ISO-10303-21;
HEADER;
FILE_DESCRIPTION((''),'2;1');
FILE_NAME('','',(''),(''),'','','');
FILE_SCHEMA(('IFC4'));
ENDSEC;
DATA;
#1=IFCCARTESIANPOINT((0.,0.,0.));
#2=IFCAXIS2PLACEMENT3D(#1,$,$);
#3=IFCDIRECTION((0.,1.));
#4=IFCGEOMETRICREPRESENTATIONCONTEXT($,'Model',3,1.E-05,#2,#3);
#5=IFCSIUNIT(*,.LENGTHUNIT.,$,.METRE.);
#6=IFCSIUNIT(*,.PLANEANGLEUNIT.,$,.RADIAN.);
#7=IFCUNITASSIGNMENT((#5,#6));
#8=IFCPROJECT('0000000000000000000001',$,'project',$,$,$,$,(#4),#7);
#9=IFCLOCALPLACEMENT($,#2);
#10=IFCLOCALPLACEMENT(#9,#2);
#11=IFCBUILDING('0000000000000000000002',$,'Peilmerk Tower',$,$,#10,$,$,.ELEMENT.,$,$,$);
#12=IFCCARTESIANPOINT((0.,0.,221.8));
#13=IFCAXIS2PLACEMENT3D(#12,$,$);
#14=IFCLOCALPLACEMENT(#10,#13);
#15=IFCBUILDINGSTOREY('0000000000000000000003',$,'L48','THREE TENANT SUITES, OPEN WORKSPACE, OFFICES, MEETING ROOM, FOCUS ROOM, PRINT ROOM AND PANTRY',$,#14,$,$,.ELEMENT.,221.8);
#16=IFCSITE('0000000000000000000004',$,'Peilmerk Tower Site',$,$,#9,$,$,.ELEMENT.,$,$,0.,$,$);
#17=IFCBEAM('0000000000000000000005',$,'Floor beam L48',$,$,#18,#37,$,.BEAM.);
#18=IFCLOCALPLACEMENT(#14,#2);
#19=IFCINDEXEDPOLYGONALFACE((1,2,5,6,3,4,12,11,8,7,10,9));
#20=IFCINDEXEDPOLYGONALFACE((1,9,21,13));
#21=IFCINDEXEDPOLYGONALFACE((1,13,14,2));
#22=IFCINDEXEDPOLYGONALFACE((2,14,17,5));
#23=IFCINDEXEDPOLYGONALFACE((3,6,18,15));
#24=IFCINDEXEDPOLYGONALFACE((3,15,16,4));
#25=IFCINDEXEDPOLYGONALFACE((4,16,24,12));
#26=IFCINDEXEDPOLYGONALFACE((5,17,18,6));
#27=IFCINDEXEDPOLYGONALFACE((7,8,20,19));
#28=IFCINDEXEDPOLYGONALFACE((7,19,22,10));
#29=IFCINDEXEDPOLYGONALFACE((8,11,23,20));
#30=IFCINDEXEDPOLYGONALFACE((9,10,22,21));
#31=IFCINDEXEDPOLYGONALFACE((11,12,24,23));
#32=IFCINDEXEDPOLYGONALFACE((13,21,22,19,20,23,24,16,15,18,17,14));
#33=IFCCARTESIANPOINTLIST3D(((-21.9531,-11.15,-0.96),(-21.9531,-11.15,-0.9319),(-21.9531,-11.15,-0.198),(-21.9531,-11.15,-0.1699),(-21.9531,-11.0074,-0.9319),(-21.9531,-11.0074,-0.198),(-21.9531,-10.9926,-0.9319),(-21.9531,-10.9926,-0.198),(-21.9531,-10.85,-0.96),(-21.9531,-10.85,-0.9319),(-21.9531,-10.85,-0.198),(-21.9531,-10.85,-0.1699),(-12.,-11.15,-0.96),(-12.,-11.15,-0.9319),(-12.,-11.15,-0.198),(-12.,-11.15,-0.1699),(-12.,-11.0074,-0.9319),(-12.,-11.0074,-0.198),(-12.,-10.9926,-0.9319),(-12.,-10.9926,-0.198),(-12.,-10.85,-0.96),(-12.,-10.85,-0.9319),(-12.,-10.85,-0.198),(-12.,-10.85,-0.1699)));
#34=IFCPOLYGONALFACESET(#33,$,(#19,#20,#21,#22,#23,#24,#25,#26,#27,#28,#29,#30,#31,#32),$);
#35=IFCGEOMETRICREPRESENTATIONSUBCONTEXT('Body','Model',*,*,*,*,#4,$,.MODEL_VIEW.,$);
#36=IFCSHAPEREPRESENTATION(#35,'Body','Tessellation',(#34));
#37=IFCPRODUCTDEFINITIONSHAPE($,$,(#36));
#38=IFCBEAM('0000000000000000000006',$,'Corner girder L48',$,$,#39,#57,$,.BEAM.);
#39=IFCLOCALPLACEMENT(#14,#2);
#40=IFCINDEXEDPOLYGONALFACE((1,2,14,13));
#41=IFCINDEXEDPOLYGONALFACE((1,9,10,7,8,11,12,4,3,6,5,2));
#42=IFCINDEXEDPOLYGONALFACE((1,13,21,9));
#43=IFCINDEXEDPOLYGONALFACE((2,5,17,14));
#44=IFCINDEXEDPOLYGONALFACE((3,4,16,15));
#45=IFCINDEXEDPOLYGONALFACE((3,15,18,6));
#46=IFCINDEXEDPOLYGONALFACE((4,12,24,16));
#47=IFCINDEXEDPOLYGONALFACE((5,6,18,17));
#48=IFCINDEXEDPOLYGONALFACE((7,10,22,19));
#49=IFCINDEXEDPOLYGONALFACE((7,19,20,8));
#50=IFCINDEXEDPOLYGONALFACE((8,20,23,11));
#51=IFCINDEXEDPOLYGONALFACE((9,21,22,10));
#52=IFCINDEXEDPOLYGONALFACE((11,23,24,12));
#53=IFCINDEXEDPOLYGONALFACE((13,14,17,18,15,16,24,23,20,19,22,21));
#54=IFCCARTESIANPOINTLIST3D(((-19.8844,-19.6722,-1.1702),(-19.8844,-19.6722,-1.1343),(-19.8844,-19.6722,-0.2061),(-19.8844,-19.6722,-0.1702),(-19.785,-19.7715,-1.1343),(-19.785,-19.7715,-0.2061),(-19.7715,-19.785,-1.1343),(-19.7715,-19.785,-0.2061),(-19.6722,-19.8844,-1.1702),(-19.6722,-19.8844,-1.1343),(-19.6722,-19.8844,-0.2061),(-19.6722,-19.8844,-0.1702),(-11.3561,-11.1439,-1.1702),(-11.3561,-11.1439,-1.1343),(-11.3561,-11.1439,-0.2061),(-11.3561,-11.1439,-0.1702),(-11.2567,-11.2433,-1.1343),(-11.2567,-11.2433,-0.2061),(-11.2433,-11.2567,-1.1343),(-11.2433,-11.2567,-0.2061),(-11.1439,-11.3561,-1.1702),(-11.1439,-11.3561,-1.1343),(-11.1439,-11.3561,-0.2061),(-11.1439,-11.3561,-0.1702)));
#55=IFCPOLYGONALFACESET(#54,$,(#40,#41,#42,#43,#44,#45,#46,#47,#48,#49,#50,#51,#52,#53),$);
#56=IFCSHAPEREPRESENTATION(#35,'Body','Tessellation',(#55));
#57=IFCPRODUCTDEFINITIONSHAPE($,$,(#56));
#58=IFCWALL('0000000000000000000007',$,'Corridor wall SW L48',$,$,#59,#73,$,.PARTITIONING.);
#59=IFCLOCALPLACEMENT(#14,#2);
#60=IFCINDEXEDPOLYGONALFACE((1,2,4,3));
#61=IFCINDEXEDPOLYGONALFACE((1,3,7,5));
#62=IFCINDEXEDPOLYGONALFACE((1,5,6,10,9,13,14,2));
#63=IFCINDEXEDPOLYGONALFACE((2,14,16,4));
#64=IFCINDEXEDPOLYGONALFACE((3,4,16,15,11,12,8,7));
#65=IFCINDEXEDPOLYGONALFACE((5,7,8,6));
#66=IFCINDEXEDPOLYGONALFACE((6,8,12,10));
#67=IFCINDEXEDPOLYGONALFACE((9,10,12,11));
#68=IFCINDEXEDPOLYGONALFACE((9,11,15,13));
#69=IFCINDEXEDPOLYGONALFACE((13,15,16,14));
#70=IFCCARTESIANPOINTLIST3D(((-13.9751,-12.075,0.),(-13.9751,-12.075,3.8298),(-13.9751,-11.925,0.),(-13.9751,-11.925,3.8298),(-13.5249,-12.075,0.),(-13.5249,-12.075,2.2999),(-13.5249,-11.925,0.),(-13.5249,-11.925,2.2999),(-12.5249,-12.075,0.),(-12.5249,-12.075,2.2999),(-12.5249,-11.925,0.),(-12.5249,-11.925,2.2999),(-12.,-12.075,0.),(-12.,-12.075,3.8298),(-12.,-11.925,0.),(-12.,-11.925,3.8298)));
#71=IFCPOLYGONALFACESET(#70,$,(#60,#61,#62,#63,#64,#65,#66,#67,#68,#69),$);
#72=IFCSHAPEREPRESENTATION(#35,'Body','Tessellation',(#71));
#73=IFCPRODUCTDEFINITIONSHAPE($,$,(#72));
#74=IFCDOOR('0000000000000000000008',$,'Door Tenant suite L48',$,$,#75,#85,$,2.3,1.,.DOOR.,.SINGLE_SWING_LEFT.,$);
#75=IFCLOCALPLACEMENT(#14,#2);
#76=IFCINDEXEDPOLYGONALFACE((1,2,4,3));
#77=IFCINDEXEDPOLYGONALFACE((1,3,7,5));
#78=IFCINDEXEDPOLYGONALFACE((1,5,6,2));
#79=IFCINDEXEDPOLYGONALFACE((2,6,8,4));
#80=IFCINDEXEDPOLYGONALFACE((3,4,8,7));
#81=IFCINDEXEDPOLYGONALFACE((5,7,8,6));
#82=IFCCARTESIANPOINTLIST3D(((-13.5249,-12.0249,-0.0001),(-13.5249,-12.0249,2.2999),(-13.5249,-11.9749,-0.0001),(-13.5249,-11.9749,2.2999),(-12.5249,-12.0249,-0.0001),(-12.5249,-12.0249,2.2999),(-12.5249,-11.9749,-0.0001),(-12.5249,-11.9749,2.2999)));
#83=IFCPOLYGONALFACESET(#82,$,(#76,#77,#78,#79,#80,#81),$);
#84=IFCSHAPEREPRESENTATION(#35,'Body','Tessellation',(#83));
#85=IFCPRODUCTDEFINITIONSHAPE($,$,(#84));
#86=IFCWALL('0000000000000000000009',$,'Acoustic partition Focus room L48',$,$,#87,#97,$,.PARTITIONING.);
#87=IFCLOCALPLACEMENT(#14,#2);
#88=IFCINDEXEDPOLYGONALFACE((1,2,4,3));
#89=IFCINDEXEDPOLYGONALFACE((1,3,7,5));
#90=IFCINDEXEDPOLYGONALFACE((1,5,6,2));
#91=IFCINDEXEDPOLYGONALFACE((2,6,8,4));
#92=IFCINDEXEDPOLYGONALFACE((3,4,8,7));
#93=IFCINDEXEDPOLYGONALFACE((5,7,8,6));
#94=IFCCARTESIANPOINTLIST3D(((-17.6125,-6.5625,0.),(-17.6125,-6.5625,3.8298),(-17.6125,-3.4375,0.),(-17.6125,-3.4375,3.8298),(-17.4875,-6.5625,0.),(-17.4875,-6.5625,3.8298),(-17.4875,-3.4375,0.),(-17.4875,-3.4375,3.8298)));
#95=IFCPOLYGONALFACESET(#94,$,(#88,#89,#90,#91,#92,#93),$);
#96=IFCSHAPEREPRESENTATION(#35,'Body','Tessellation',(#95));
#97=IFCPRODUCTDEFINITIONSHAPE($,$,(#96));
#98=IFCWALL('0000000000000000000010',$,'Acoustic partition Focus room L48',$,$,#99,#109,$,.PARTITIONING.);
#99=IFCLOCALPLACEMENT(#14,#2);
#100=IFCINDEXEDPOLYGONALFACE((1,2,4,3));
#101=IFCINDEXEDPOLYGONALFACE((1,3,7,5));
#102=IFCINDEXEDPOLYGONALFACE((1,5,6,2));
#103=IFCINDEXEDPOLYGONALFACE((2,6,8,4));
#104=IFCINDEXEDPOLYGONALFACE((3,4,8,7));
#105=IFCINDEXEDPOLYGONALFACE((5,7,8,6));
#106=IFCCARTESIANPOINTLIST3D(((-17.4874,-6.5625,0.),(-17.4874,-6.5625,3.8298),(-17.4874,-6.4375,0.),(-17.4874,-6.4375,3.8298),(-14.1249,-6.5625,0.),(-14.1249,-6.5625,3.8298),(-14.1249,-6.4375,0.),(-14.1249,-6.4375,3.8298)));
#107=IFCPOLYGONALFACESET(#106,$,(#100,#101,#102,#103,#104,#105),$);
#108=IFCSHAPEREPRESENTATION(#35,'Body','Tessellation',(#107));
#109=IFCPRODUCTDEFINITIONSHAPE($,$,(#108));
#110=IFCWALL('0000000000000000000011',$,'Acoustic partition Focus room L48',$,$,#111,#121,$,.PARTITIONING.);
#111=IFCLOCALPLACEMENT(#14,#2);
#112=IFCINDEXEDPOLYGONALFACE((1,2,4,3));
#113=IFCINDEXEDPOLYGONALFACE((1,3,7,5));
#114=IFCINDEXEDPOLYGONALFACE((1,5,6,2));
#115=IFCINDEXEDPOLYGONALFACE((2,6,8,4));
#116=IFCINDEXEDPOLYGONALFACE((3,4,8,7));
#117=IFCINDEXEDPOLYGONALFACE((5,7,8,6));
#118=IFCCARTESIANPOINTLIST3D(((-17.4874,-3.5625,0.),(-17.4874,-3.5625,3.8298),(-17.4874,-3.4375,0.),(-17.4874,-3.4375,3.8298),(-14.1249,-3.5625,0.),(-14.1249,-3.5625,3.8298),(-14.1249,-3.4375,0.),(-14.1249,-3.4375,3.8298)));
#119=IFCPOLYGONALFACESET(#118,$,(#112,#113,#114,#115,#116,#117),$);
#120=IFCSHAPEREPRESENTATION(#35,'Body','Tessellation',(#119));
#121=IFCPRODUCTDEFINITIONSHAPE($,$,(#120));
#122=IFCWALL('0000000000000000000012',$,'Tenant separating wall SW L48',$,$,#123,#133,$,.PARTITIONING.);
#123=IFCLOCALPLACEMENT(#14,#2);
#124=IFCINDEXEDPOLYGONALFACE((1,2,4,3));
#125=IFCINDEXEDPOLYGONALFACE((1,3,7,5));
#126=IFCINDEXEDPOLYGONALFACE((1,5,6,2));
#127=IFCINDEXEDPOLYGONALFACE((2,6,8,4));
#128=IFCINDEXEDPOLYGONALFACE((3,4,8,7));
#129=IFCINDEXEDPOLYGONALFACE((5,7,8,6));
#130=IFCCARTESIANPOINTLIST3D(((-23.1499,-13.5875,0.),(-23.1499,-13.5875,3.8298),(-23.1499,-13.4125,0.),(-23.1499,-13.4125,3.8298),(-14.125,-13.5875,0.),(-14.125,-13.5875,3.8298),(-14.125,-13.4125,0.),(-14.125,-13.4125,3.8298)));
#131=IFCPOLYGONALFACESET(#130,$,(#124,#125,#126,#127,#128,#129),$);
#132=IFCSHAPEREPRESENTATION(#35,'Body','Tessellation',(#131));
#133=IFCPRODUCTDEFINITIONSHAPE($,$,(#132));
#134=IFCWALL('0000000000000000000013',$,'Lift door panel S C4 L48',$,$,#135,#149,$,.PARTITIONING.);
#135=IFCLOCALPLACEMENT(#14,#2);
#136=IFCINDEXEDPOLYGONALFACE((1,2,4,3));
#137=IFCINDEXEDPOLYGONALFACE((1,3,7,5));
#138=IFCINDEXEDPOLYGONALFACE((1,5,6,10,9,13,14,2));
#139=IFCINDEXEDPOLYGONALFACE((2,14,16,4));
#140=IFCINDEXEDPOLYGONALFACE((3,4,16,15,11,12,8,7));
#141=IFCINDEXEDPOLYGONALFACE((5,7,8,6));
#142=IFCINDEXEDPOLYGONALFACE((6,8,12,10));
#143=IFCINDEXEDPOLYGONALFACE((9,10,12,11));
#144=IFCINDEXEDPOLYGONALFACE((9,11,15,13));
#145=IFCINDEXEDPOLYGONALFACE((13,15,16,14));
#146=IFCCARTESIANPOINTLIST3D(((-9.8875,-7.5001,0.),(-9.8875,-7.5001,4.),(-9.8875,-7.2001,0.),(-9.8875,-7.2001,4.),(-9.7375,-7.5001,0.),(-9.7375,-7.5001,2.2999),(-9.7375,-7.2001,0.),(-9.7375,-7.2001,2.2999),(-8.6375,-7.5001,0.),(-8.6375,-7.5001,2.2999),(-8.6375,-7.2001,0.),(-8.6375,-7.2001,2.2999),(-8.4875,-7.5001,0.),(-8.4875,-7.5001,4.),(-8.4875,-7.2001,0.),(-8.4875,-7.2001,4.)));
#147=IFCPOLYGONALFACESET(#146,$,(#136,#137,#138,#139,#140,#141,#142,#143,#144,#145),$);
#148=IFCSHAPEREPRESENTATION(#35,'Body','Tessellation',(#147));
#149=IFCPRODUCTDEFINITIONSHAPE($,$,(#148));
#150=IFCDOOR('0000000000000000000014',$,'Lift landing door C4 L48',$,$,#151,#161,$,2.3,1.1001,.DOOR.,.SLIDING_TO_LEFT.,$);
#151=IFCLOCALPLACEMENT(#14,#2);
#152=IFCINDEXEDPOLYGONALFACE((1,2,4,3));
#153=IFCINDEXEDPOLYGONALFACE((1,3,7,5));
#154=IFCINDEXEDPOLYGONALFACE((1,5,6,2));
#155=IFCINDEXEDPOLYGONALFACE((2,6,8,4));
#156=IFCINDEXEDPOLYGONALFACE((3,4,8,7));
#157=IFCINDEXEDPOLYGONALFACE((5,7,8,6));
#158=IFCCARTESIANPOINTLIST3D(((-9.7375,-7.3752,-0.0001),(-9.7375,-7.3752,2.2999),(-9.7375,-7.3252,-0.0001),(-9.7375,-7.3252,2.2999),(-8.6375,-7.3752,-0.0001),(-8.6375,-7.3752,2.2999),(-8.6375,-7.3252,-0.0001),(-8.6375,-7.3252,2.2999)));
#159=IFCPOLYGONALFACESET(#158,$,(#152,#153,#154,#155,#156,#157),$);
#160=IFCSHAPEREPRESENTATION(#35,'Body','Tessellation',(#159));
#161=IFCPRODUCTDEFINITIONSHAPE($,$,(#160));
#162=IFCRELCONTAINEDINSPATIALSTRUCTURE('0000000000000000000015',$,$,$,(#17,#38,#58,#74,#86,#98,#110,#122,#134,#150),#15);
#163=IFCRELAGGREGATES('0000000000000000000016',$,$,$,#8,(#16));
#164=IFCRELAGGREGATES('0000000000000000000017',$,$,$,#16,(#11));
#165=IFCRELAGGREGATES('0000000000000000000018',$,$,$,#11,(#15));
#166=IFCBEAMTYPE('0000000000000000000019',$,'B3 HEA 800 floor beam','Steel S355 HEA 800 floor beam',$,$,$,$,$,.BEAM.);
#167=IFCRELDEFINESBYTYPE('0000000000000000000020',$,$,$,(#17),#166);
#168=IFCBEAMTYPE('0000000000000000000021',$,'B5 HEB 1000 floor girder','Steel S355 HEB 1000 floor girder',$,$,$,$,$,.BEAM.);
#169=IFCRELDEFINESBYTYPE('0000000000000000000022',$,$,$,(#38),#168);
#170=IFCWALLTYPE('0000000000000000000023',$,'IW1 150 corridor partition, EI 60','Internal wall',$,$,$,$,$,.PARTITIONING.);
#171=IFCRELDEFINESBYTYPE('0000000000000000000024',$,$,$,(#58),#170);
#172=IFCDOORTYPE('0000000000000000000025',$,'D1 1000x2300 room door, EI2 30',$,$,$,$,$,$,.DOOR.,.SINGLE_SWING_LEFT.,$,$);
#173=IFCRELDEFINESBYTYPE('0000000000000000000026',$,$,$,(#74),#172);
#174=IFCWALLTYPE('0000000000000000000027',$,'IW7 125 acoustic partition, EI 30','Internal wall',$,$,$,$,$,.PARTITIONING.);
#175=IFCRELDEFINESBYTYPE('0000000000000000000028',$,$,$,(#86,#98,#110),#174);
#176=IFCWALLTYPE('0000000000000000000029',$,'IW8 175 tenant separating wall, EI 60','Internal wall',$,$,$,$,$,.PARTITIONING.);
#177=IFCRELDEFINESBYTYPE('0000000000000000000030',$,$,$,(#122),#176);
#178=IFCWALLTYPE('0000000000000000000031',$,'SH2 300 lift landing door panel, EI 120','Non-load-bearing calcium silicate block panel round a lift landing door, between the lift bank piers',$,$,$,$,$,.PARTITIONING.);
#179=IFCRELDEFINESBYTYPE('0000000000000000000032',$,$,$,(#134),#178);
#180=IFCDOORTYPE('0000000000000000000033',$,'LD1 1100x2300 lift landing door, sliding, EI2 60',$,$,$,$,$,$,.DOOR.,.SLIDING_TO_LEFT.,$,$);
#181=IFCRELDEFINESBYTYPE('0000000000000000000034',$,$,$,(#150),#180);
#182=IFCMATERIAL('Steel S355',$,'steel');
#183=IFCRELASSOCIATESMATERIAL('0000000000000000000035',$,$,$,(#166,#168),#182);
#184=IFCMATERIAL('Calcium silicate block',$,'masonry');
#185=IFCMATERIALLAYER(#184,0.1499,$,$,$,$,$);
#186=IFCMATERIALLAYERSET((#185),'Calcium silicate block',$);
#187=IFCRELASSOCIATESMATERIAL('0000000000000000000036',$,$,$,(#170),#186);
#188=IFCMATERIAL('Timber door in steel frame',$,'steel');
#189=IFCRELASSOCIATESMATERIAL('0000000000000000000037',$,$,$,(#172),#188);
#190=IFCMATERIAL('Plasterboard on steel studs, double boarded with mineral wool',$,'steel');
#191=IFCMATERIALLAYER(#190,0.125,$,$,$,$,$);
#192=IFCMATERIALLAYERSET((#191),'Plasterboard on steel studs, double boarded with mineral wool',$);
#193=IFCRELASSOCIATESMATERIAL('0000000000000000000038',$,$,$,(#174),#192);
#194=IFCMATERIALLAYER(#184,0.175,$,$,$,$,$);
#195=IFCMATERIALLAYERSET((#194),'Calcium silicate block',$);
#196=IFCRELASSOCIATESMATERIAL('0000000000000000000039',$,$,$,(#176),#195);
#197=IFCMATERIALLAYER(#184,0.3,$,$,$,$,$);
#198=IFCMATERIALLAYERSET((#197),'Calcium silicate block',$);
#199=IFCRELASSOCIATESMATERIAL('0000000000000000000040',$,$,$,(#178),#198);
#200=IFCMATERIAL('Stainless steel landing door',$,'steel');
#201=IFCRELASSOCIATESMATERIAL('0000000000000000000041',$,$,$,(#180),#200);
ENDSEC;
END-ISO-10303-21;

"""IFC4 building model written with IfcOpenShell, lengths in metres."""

from ifc_helpers import new_model, si_unit, direction, frame, frame_2d, origin, origin_2d, place, context, subcontext, project, spatial, rectangle, i_section, extrude, material, layer, layer_set, material_profile, profile_set, type_object, element, fill, save


model = new_model("IFC4")

# Units and contexts
model_context = context("Model", 3, precision=1e-05, world=origin(), true_north=direction((0.0, 1.0)))
body_context = subcontext(model_context, "Body", "Model", "MODEL_VIEW")
ifc_project = project(units=[si_unit("LENGTHUNIT", "METRE"), si_unit("PLANEANGLEUNIT", "RADIAN")], contexts=[model_context])

# Site, building, storey
site_placement = place(None, origin())
site = spatial("IfcSite", under=ifc_project, at=site_placement, Name="Peilmerk Tower Site", CompositionType="ELEMENT", RefElevation=0.0)
building_placement = place(site_placement, origin())
building = spatial("IfcBuilding", under=site, at=building_placement, Name="Peilmerk Tower", CompositionType="ELEMENT")
storey_placement = place(building_placement, frame((0.0, 0.0, 221.8)))
storey = spatial("IfcBuildingStorey", under=building, at=storey_placement, Name="L48", Description="THREE TENANT SUITES, OPEN WORKSPACE, OFFICES, MEETING ROOM, FOCUS ROOM, PRINT ROOM AND PANTRY", CompositionType="ELEMENT", Elevation=221.8)

# Beams
ifc_material_1 = material(Name="Steel S355", Category="steel")
ifc_material_profile_1 = material_profile(ifc_material_1, i_section(OverallWidth=0.3, OverallDepth=0.79, WebThickness=0.0149, FlangeThickness=0.0281, at=origin_2d()), Name="HEA 800")
ifc_profile_set_1 = profile_set([ifc_material_profile_1], Name="Steel S355")
beam_type_1 = type_object("IfcBeamType", Name="B3 HEA 800 floor beam", Description="Steel S355 HEA 800 floor beam", PredefinedType="BEAM", material=ifc_profile_set_1)
for number, where, z_axis, x_axis, name in (
    (1, (-12.0, -11.0, -0.5649), (-1.0, 0.0, 0.0), (0.0, -1.0, 0.0), "Floor beam L48"),
):
    element("IfcBeam", number, at=place(storey_placement, frame(where, z_axis=z_axis, x_axis=x_axis)), inside=storey, type_object=beam_type_1, Name=name, PredefinedType="BEAM", context=body_context, shape_type="SweptSolid", body=[
        extrude(i_section(OverallWidth=0.3, OverallDepth=0.79, WebThickness=0.0149, FlangeThickness=0.0281, at=origin_2d()), origin(), (0.0, 0.0, 1.0), 9.9531),
    ])
ifc_material_profile_2 = material_profile(ifc_material_1, i_section(OverallWidth=0.3, OverallDepth=1.0, WebThickness=0.019, FlangeThickness=0.0359, at=origin_2d()), Name="HEB 1000")
ifc_profile_set_2 = profile_set([ifc_material_profile_2], Name="Steel S355")
beam_type_2 = type_object("IfcBeamType", Name="B5 HEB 1000 floor girder", Description="Steel S355 HEB 1000 floor girder", PredefinedType="BEAM", material=ifc_profile_set_2)
beam_1_placement = place(storey_placement, frame((-11.25, -11.25, -0.6702), z_axis=(-0.707107, -0.707107, 0.0), x_axis=(0.707107, -0.707107, 0.0)))
element("IfcBeam", 2, at=beam_1_placement, inside=storey, type_object=beam_type_2, Name="Corner girder L48", PredefinedType="BEAM", context=body_context, shape_type="SweptSolid", body=[
    extrude(i_section(OverallWidth=0.3, OverallDepth=1.0, WebThickness=0.019, FlangeThickness=0.0359, at=origin_2d()), origin(), (0.0, 0.0, 1.0), 12.0608),
])

# Wall, opening, door
ifc_material_2 = material(Name="Calcium silicate block", Category="masonry")
ifc_layer_1 = layer(ifc_material_2, 0.1499)
ifc_layer_set_1 = layer_set([ifc_layer_1], Name="Calcium silicate block")
wall_type_1 = type_object("IfcWallType", Name="IW1 150 corridor partition, EI 60", Description="Internal wall", PredefinedType="PARTITIONING", material=ifc_layer_set_1)
wall_1_placement = place(storey_placement, frame((-12.0, -12.0, 0.0), z_axis=(0.0, 0.0, 1.0), x_axis=(-1.0, 0.0, 0.0)))
wall_1 = element("IfcWall", 3, at=wall_1_placement, inside=storey, type_object=wall_type_1, Name="Corridor wall SW L48", PredefinedType="PARTITIONING", context=body_context, shape_type="SweptSolid", body=[
    extrude(rectangle(XDim=1.9751, YDim=0.1499, at=frame_2d((0.9875, 0.0))), origin(), (0.0, 0.0, 1.0), 3.8298),
])
opening_1_placement = place(wall_1_placement, frame((0.5249, 0.0, 0.0)))
opening_1 = element("IfcOpeningElement", 4, at=opening_1_placement, cuts=wall_1, PredefinedType="OPENING", context=body_context, shape_type="SweptSolid", body=[
    extrude(rectangle(XDim=1.0, YDim=2.3, at=frame_2d((0.5, 1.1499))), frame((0.0, 0.085, 0.0), z_axis=(0.0, -1.0, 0.0), x_axis=(1.0, 0.0, 0.0)), (0.0, 0.0, 1.0), 0.1699),
])
ifc_material_3 = material(Name="Timber door in steel frame", Category="steel")
door_type_1 = type_object("IfcDoorType", Name="D1 1000x2300 room door, EI2 30", OperationType="SINGLE_SWING_LEFT", PredefinedType="DOOR", material=ifc_material_3)
door_1_placement = place(opening_1_placement, origin())
door_1 = element("IfcDoor", 5, at=door_1_placement, inside=storey, type_object=door_type_1, Name="Door Tenant suite L48", OperationType="SINGLE_SWING_LEFT", OverallHeight=2.3, OverallWidth=1.0, PredefinedType="DOOR", context=body_context, shape_type="SweptSolid", body=[
    extrude(rectangle(XDim=1.0, YDim=2.3, at=frame_2d((0.5, 1.1499))), frame((0.0, 0.0249, 0.0), z_axis=(0.0, -1.0, 0.0), x_axis=(1.0, 0.0, 0.0)), (0.0, 0.0, 1.0), 0.05),
])
fill(opening_1, door_1)

# Walls
ifc_material_4 = material(Name="Plasterboard on steel studs, double boarded with mineral wool", Category="steel")
ifc_layer_2 = layer(ifc_material_4, 0.125)
ifc_layer_set_2 = layer_set([ifc_layer_2], Name="Plasterboard on steel studs, double boarded with mineral wool")
wall_type_2 = type_object("IfcWallType", Name="IW7 125 acoustic partition, EI 30", Description="Internal wall", PredefinedType="PARTITIONING", material=ifc_layer_set_2)
wall_2_placement = place(storey_placement, frame((-17.55, -6.5625, 0.0), z_axis=(0.0, 0.0, 1.0), x_axis=(0.0, 1.0, 0.0)))
element("IfcWall", 6, at=wall_2_placement, inside=storey, type_object=wall_type_2, Name="Acoustic partition Focus room L48", PredefinedType="PARTITIONING", context=body_context, shape_type="SweptSolid", body=[
    extrude(rectangle(XDim=3.125, YDim=0.125, at=frame_2d((1.5625, 0.0))), origin(), (0.0, 0.0, 1.0), 3.8298),
])
for number, where, z_axis, x_axis, name in (
    (7, (-14.125, -6.5, 0.0), (0.0, 0.0, 1.0), (-1.0, 0.0, 0.0), "Acoustic partition Focus room L48"),
    (8, (-14.125, -3.5, 0.0), (0.0, 0.0, 1.0), (-1.0, 0.0, 0.0), "Acoustic partition Focus room L48"),
):
    element("IfcWall", number, at=place(storey_placement, frame(where, z_axis=z_axis, x_axis=x_axis)), inside=storey, type_object=wall_type_2, Name=name, PredefinedType="PARTITIONING", context=body_context, shape_type="SweptSolid", body=[
        extrude(rectangle(XDim=3.3625, YDim=0.125, at=frame_2d((1.6812, 0.0))), origin(), (0.0, 0.0, 1.0), 3.8298),
    ])
ifc_layer_3 = layer(ifc_material_2, 0.175)
ifc_layer_set_3 = layer_set([ifc_layer_3], Name="Calcium silicate block")
wall_type_3 = type_object("IfcWallType", Name="IW8 175 tenant separating wall, EI 60", Description="Internal wall", PredefinedType="PARTITIONING", material=ifc_layer_set_3)
wall_3_placement = place(storey_placement, frame((-14.125, -13.5, 0.0), z_axis=(0.0, 0.0, 1.0), x_axis=(-1.0, 0.0, 0.0)))
element("IfcWall", 9, at=wall_3_placement, inside=storey, type_object=wall_type_3, Name="Tenant separating wall SW L48", PredefinedType="PARTITIONING", context=body_context, shape_type="SweptSolid", body=[
    extrude(rectangle(XDim=9.0249, YDim=0.175, at=frame_2d((4.5125, 0.0))), origin(), (0.0, 0.0, 1.0), 3.8298),
])

# Wall, opening, door
ifc_layer_4 = layer(ifc_material_2, 0.3)
ifc_layer_set_4 = layer_set([ifc_layer_4], Name="Calcium silicate block")
wall_type_4 = type_object("IfcWallType", Name="SH2 300 lift landing door panel, EI 120", Description="Non-load-bearing calcium silicate block panel round a lift landing door, between the lift bank piers", PredefinedType="PARTITIONING", material=ifc_layer_set_4)
wall_4_placement = place(storey_placement, frame((-9.8875, -7.3501, 0.0), z_axis=(0.0, 0.0, 1.0), x_axis=(1.0, 0.0, 0.0)))
wall_4 = element("IfcWall", 10, at=wall_4_placement, inside=storey, type_object=wall_type_4, Name="Lift door panel S C4 L48", PredefinedType="PARTITIONING", context=body_context, shape_type="SweptSolid", body=[
    extrude(rectangle(XDim=1.3999, YDim=0.3, at=frame_2d((0.7, 0.0))), origin(), (0.0, 0.0, 1.0), 4.0),
])
opening_2_placement = place(wall_4_placement, frame((0.1499, 0.0, 0.0)))
opening_2 = element("IfcOpeningElement", 11, at=opening_2_placement, cuts=wall_4, PredefinedType="OPENING", context=body_context, shape_type="SweptSolid", body=[
    extrude(rectangle(XDim=1.1001, YDim=2.3, at=frame_2d((0.55, 1.1499))), frame((0.0, 0.1599, 0.0), z_axis=(0.0, -1.0, 0.0), x_axis=(1.0, 0.0, 0.0)), (0.0, 0.0, 1.0), 0.3201),
])
ifc_material_5 = material(Name="Stainless steel landing door", Category="steel")
door_type_2 = type_object("IfcDoorType", Name="LD1 1100x2300 lift landing door, sliding, EI2 60", OperationType="SLIDING_TO_LEFT", PredefinedType="DOOR", material=ifc_material_5)
door_2_placement = place(opening_2_placement, origin())
door_2 = element("IfcDoor", 12, at=door_2_placement, inside=storey, type_object=door_type_2, Name="Lift landing door C4 L48", OperationType="SLIDING_TO_LEFT", OverallHeight=2.3, OverallWidth=1.1001, PredefinedType="DOOR", context=body_context, shape_type="SweptSolid", body=[
    extrude(rectangle(XDim=1.1001, YDim=2.3, at=frame_2d((0.55, 1.1499))), frame((0.0, 0.0249, 0.0), z_axis=(0.0, -1.0, 0.0), x_axis=(1.0, 0.0, 0.0)), (0.0, 0.0, 1.0), 0.05),
])
fill(opening_2, door_2)

save(model, "model.ifc")
